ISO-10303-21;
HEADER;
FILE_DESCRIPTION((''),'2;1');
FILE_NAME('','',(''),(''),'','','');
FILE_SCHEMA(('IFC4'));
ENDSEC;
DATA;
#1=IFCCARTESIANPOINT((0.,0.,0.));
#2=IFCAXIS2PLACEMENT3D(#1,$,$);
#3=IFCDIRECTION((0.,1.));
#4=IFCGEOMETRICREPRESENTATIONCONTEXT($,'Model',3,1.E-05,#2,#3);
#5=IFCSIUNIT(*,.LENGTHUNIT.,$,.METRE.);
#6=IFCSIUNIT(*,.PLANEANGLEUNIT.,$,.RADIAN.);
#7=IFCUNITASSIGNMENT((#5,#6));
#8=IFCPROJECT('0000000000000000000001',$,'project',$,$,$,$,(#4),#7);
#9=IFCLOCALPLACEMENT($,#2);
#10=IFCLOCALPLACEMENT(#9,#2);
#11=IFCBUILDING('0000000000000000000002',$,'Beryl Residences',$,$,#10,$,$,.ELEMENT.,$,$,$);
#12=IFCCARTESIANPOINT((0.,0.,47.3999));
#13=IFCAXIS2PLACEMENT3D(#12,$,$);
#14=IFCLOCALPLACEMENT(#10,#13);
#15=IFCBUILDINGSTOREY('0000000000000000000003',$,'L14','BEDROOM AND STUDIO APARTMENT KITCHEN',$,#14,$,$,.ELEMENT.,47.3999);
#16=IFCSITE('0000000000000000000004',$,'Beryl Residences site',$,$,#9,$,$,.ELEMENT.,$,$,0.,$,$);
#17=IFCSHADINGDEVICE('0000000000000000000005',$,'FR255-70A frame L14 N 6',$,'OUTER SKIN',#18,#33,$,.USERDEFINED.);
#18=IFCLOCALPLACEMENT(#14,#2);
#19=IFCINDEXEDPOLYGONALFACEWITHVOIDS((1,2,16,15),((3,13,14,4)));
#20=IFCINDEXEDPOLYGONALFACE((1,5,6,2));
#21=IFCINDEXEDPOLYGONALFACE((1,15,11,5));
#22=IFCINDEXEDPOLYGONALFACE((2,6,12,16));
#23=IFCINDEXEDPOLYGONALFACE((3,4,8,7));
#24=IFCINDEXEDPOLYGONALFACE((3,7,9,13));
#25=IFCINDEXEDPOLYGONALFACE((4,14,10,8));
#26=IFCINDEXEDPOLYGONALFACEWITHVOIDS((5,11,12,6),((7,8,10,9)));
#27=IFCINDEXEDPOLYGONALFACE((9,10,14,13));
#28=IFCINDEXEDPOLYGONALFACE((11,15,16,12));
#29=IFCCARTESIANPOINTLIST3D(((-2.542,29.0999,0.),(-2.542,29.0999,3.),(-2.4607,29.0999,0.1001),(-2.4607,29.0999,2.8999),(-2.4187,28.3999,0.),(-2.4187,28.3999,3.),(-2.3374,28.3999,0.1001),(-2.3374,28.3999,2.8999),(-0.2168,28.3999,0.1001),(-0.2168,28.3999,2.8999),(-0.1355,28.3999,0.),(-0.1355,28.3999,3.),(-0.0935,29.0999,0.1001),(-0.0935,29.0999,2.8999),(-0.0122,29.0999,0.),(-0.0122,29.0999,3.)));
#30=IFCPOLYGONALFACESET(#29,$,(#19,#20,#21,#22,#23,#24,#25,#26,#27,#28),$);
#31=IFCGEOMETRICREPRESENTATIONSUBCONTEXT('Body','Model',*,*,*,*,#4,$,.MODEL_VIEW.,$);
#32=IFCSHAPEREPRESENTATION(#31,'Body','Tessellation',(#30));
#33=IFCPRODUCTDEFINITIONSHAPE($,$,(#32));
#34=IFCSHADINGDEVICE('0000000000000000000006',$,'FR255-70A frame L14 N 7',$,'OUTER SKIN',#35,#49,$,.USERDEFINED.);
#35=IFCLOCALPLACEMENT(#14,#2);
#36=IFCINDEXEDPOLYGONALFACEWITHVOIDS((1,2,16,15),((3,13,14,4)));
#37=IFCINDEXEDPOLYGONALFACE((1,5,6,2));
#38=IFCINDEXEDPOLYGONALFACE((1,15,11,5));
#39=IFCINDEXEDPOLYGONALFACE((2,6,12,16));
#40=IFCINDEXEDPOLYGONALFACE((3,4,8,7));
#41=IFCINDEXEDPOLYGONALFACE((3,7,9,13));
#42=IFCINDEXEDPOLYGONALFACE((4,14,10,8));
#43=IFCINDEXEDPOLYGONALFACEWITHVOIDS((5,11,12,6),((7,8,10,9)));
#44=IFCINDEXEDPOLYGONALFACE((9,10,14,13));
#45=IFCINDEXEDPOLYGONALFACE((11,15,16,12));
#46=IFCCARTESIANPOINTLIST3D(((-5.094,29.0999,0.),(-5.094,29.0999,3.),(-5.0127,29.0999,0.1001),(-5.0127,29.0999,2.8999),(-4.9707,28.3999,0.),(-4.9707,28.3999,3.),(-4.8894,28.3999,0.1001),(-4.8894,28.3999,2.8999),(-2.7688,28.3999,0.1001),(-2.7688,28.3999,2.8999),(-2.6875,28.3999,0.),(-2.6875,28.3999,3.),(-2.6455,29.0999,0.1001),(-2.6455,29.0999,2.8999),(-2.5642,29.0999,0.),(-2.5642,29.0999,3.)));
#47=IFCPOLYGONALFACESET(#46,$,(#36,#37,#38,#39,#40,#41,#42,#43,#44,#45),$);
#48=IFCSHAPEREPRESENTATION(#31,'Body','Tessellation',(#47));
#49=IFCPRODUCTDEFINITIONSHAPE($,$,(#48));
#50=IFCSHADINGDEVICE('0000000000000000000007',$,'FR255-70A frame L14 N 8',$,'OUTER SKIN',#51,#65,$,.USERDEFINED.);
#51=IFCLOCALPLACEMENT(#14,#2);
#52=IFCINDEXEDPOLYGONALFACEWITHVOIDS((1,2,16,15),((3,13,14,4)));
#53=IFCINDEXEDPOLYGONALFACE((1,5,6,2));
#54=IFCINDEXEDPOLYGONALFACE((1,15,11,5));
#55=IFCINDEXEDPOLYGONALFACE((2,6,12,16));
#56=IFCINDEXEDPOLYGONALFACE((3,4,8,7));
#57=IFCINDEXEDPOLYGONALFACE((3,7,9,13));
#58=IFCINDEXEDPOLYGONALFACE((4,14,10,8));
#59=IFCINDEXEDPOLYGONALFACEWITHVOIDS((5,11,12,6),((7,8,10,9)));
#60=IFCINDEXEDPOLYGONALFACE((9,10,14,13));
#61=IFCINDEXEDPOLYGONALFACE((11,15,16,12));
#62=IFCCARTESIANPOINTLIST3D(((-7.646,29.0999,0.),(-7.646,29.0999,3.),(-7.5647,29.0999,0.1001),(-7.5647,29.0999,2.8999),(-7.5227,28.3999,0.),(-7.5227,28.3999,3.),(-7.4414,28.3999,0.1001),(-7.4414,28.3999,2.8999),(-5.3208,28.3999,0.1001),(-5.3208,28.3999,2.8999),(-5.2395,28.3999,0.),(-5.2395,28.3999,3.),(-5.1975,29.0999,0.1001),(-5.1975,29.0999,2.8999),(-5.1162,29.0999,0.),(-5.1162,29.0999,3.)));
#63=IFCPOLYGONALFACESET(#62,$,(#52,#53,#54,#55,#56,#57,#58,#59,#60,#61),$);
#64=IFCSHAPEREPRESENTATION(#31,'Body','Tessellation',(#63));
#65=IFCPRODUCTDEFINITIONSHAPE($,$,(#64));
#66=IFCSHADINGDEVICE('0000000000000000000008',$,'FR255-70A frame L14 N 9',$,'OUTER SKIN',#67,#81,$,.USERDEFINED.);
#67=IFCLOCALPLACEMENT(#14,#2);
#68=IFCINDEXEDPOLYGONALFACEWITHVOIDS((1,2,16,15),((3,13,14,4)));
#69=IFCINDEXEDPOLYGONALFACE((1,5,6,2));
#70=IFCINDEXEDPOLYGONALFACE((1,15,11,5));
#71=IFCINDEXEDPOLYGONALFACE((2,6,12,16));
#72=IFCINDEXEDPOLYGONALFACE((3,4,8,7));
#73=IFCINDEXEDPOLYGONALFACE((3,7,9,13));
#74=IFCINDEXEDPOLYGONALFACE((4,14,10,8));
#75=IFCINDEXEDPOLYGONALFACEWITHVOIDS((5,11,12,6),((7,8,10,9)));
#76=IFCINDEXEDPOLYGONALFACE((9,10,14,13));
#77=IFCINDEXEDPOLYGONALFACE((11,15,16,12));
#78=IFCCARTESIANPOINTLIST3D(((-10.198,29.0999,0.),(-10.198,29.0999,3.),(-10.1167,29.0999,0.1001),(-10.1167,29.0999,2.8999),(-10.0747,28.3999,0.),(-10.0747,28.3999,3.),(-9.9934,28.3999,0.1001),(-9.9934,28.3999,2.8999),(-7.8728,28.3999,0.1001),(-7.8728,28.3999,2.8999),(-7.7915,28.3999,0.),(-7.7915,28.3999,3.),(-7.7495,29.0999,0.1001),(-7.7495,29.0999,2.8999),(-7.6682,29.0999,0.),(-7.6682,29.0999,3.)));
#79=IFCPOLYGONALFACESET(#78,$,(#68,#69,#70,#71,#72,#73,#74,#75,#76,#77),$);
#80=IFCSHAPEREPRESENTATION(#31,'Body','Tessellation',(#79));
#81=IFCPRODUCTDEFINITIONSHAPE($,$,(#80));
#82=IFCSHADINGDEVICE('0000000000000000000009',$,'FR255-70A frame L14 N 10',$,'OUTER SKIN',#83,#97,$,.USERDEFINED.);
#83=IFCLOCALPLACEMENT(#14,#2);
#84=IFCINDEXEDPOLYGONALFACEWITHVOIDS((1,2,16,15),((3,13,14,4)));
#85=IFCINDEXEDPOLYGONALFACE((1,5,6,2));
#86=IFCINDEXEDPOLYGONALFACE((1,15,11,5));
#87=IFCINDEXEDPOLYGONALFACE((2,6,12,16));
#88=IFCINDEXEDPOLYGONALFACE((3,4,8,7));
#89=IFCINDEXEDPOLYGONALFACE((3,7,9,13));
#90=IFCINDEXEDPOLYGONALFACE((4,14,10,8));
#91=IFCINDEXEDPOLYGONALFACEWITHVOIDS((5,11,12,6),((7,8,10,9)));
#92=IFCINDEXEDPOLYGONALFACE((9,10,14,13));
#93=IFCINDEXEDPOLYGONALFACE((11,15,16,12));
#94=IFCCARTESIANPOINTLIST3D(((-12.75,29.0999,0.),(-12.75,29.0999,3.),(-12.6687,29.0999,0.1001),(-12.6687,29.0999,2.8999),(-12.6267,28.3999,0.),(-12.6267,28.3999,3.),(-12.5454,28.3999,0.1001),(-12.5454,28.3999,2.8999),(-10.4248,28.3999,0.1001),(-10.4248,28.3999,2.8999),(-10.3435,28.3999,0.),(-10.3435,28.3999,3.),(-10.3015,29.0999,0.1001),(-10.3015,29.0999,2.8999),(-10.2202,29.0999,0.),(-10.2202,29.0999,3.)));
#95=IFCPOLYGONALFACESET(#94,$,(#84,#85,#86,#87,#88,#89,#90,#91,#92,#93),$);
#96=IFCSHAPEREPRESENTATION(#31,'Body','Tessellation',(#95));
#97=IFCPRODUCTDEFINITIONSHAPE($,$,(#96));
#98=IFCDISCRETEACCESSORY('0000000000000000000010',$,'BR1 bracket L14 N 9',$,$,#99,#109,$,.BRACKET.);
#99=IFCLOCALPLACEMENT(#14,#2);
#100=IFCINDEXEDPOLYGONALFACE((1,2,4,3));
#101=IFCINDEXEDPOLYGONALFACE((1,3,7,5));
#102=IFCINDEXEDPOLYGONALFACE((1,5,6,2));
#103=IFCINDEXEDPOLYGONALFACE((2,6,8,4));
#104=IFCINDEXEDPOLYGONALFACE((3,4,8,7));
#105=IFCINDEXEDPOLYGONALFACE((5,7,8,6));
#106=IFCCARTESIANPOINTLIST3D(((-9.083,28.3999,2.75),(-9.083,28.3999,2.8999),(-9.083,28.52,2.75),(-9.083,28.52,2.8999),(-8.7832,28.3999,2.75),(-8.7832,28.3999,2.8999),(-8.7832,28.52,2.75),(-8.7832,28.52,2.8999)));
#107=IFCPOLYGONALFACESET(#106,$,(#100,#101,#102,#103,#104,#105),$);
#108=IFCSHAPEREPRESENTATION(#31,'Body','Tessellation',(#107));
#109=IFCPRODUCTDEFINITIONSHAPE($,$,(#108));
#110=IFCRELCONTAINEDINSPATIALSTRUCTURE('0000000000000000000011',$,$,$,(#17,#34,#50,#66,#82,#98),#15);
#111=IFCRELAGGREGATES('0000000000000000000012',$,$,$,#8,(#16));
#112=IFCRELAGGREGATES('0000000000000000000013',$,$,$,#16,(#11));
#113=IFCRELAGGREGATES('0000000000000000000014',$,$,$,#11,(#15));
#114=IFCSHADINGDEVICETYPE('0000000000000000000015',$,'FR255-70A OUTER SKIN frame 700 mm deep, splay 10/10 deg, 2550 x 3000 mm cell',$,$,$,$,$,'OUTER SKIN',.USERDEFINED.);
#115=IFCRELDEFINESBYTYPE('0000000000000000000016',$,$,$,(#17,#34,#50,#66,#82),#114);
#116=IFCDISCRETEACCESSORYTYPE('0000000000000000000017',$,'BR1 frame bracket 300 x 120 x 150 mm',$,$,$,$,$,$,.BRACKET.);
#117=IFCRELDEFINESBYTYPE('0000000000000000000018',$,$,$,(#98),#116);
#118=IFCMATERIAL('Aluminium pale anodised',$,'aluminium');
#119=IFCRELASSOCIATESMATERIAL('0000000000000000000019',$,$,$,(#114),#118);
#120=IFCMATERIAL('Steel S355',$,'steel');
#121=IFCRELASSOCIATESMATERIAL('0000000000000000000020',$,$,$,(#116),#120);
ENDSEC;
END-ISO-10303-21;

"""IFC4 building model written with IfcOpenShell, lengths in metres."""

from ifc_helpers import new_model, entity, si_unit, direction, frame, origin, place, context, subcontext, project, spatial, polyline, outline, extrude, source, transform, mapped, material, type_object, type_shapes, element, save


model = new_model("IFC4")

# Units and contexts
model_context = context("Model", 3, precision=1e-05, world=origin(), true_north=direction((0.0, 1.0)))
body_context = subcontext(model_context, "Body", "Model", "MODEL_VIEW")
ifc_project = project(units=[si_unit("LENGTHUNIT", "METRE"), si_unit("PLANEANGLEUNIT", "RADIAN")], contexts=[model_context])

# Site, building, storey
site_placement = place(None, origin())
site = spatial("IfcSite", under=ifc_project, at=site_placement, Name="Beryl Residences site", CompositionType="ELEMENT", RefElevation=0.0)
building_placement = place(site_placement, origin())
building = spatial("IfcBuilding", under=site, at=building_placement, Name="Beryl Residences", CompositionType="ELEMENT")
storey_placement = place(building_placement, frame((0.0, 0.0, 47.3999)))
storey = spatial("IfcBuildingStorey", under=building, at=storey_placement, Name="L14", Description="BEDROOM AND STUDIO APARTMENT KITCHEN", CompositionType="ELEMENT", Elevation=47.3999)

# Shading devices
ifc_material_1 = material(Name="Aluminium pale anodised", Category="aluminium")
shading_device_type = type_object("IfcShadingDeviceType", Name="FR255-70A OUTER SKIN frame 700 mm deep, splay 10/10 deg, 2550 x 3000 mm cell", ElementType="OUTER SKIN", PredefinedType="USERDEFINED", material=ifc_material_1)
cartesian_point_1 = entity("IfcCartesianPoint", [-1.1416, 0.0])
cartesian_point_2 = entity("IfcCartesianPoint", [-1.0603, 0.1001])
cartesian_point_3 = entity("IfcCartesianPoint", [-1.2649, 0.0])
cartesian_point_4 = entity("IfcCartesianPoint", [-1.1836, 0.1001])
shared_shape_1 = source(origin(), body_context, "Body", "SweptSolid", [
    entity("IfcExtrudedAreaSolidTapered", entity("IfcArbitraryProfileDefWithVoids", "AREA", None, entity("IfcPolyline", [cartesian_point_1, entity("IfcCartesianPoint", [1.1416, 0.0]), entity("IfcCartesianPoint", [1.1416, 3.0]), entity("IfcCartesianPoint", [-1.1416, 3.0]), cartesian_point_1]), [entity("IfcPolyline", [cartesian_point_2, entity("IfcCartesianPoint", [1.0603, 0.1001]), entity("IfcCartesianPoint", [1.0603, 2.8999]), entity("IfcCartesianPoint", [-1.0603, 2.8999]), cartesian_point_2])]), entity("IfcAxis2Placement3D", entity("IfcCartesianPoint", [0.0, 0.0, 0.0]), entity("IfcDirection", [0.0, 1.0, 0.0]), entity("IfcDirection", [-1.0, 0.0, 0.0])), entity("IfcDirection", [0.0, 0.0, 1.0]), 0.7, entity("IfcArbitraryProfileDefWithVoids", "AREA", None, entity("IfcPolyline", [cartesian_point_3, entity("IfcCartesianPoint", [1.2649, 0.0]), entity("IfcCartesianPoint", [1.2649, 3.0]), entity("IfcCartesianPoint", [-1.2649, 3.0]), cartesian_point_3]), [entity("IfcPolyline", [cartesian_point_4, entity("IfcCartesianPoint", [1.1836, 0.1001]), entity("IfcCartesianPoint", [1.1836, 2.8999]), entity("IfcCartesianPoint", [-1.1836, 2.8999]), cartesian_point_4])])),
])
type_shapes(shading_device_type, [shared_shape_1])
for number, where, z_axis, x_axis, name in (
    (1, (-1.2771, 28.3999, 0.0), (0.0, 0.0, 1.0), (1.0, 0.0, 0.0), "FR255-70A frame L14 N 6"),
    (2, (-3.8291, 28.3999, 0.0), (0.0, 0.0, 1.0), (1.0, 0.0, 0.0), "FR255-70A frame L14 N 7"),
    (3, (-6.3811, 28.3999, 0.0), (0.0, 0.0, 1.0), (1.0, 0.0, 0.0), "FR255-70A frame L14 N 8"),
    (4, (-8.9331, 28.3999, 0.0), (0.0, 0.0, 1.0), (1.0, 0.0, 0.0), "FR255-70A frame L14 N 9"),
    (5, (-11.4851, 28.3999, 0.0), (0.0, 0.0, 1.0), (1.0, 0.0, 0.0), "FR255-70A frame L14 N 10"),
):
    element("IfcShadingDevice", number, at=place(storey_placement, frame(where, z_axis=z_axis, x_axis=x_axis)), inside=storey, type_object=shading_device_type, Name=name, ObjectType="OUTER SKIN", PredefinedType="USERDEFINED", context=body_context, shape_type="MappedRepresentation", body=[
        mapped(shared_shape_1, transform((0.0, 0.0, 0.0))),
    ])

# Discrete accessory
ifc_material_2 = material(Name="Steel S355", Category="steel")
discrete_accessory_type = type_object("IfcDiscreteAccessoryType", Name="BR1 frame bracket 300 x 120 x 150 mm", PredefinedType="BRACKET", material=ifc_material_2)
shared_shape_2 = source(origin(), body_context, "Body", "SweptSolid", [
    extrude(outline(polyline([(-0.1499, 0.0), (0.1499, 0.0), (0.1499, 0.1201), (-0.1499, 0.1201), (-0.1499, 0.0)])), origin(), (0.0, 0.0, 1.0), 0.1499),
])
type_shapes(discrete_accessory_type, [shared_shape_2])
discrete_accessory_placement = place(storey_placement, frame((-8.9331, 28.3999, 2.75), z_axis=(0.0, 0.0, 1.0), x_axis=(1.0, 0.0, 0.0)))
element("IfcDiscreteAccessory", 6, at=discrete_accessory_placement, inside=storey, type_object=discrete_accessory_type, Name="BR1 bracket L14 N 9", PredefinedType="BRACKET", context=body_context, shape_type="MappedRepresentation", body=[
    mapped(shared_shape_2, transform((0.0, 0.0, 0.0))),
])

save(model, "model.ifc")
